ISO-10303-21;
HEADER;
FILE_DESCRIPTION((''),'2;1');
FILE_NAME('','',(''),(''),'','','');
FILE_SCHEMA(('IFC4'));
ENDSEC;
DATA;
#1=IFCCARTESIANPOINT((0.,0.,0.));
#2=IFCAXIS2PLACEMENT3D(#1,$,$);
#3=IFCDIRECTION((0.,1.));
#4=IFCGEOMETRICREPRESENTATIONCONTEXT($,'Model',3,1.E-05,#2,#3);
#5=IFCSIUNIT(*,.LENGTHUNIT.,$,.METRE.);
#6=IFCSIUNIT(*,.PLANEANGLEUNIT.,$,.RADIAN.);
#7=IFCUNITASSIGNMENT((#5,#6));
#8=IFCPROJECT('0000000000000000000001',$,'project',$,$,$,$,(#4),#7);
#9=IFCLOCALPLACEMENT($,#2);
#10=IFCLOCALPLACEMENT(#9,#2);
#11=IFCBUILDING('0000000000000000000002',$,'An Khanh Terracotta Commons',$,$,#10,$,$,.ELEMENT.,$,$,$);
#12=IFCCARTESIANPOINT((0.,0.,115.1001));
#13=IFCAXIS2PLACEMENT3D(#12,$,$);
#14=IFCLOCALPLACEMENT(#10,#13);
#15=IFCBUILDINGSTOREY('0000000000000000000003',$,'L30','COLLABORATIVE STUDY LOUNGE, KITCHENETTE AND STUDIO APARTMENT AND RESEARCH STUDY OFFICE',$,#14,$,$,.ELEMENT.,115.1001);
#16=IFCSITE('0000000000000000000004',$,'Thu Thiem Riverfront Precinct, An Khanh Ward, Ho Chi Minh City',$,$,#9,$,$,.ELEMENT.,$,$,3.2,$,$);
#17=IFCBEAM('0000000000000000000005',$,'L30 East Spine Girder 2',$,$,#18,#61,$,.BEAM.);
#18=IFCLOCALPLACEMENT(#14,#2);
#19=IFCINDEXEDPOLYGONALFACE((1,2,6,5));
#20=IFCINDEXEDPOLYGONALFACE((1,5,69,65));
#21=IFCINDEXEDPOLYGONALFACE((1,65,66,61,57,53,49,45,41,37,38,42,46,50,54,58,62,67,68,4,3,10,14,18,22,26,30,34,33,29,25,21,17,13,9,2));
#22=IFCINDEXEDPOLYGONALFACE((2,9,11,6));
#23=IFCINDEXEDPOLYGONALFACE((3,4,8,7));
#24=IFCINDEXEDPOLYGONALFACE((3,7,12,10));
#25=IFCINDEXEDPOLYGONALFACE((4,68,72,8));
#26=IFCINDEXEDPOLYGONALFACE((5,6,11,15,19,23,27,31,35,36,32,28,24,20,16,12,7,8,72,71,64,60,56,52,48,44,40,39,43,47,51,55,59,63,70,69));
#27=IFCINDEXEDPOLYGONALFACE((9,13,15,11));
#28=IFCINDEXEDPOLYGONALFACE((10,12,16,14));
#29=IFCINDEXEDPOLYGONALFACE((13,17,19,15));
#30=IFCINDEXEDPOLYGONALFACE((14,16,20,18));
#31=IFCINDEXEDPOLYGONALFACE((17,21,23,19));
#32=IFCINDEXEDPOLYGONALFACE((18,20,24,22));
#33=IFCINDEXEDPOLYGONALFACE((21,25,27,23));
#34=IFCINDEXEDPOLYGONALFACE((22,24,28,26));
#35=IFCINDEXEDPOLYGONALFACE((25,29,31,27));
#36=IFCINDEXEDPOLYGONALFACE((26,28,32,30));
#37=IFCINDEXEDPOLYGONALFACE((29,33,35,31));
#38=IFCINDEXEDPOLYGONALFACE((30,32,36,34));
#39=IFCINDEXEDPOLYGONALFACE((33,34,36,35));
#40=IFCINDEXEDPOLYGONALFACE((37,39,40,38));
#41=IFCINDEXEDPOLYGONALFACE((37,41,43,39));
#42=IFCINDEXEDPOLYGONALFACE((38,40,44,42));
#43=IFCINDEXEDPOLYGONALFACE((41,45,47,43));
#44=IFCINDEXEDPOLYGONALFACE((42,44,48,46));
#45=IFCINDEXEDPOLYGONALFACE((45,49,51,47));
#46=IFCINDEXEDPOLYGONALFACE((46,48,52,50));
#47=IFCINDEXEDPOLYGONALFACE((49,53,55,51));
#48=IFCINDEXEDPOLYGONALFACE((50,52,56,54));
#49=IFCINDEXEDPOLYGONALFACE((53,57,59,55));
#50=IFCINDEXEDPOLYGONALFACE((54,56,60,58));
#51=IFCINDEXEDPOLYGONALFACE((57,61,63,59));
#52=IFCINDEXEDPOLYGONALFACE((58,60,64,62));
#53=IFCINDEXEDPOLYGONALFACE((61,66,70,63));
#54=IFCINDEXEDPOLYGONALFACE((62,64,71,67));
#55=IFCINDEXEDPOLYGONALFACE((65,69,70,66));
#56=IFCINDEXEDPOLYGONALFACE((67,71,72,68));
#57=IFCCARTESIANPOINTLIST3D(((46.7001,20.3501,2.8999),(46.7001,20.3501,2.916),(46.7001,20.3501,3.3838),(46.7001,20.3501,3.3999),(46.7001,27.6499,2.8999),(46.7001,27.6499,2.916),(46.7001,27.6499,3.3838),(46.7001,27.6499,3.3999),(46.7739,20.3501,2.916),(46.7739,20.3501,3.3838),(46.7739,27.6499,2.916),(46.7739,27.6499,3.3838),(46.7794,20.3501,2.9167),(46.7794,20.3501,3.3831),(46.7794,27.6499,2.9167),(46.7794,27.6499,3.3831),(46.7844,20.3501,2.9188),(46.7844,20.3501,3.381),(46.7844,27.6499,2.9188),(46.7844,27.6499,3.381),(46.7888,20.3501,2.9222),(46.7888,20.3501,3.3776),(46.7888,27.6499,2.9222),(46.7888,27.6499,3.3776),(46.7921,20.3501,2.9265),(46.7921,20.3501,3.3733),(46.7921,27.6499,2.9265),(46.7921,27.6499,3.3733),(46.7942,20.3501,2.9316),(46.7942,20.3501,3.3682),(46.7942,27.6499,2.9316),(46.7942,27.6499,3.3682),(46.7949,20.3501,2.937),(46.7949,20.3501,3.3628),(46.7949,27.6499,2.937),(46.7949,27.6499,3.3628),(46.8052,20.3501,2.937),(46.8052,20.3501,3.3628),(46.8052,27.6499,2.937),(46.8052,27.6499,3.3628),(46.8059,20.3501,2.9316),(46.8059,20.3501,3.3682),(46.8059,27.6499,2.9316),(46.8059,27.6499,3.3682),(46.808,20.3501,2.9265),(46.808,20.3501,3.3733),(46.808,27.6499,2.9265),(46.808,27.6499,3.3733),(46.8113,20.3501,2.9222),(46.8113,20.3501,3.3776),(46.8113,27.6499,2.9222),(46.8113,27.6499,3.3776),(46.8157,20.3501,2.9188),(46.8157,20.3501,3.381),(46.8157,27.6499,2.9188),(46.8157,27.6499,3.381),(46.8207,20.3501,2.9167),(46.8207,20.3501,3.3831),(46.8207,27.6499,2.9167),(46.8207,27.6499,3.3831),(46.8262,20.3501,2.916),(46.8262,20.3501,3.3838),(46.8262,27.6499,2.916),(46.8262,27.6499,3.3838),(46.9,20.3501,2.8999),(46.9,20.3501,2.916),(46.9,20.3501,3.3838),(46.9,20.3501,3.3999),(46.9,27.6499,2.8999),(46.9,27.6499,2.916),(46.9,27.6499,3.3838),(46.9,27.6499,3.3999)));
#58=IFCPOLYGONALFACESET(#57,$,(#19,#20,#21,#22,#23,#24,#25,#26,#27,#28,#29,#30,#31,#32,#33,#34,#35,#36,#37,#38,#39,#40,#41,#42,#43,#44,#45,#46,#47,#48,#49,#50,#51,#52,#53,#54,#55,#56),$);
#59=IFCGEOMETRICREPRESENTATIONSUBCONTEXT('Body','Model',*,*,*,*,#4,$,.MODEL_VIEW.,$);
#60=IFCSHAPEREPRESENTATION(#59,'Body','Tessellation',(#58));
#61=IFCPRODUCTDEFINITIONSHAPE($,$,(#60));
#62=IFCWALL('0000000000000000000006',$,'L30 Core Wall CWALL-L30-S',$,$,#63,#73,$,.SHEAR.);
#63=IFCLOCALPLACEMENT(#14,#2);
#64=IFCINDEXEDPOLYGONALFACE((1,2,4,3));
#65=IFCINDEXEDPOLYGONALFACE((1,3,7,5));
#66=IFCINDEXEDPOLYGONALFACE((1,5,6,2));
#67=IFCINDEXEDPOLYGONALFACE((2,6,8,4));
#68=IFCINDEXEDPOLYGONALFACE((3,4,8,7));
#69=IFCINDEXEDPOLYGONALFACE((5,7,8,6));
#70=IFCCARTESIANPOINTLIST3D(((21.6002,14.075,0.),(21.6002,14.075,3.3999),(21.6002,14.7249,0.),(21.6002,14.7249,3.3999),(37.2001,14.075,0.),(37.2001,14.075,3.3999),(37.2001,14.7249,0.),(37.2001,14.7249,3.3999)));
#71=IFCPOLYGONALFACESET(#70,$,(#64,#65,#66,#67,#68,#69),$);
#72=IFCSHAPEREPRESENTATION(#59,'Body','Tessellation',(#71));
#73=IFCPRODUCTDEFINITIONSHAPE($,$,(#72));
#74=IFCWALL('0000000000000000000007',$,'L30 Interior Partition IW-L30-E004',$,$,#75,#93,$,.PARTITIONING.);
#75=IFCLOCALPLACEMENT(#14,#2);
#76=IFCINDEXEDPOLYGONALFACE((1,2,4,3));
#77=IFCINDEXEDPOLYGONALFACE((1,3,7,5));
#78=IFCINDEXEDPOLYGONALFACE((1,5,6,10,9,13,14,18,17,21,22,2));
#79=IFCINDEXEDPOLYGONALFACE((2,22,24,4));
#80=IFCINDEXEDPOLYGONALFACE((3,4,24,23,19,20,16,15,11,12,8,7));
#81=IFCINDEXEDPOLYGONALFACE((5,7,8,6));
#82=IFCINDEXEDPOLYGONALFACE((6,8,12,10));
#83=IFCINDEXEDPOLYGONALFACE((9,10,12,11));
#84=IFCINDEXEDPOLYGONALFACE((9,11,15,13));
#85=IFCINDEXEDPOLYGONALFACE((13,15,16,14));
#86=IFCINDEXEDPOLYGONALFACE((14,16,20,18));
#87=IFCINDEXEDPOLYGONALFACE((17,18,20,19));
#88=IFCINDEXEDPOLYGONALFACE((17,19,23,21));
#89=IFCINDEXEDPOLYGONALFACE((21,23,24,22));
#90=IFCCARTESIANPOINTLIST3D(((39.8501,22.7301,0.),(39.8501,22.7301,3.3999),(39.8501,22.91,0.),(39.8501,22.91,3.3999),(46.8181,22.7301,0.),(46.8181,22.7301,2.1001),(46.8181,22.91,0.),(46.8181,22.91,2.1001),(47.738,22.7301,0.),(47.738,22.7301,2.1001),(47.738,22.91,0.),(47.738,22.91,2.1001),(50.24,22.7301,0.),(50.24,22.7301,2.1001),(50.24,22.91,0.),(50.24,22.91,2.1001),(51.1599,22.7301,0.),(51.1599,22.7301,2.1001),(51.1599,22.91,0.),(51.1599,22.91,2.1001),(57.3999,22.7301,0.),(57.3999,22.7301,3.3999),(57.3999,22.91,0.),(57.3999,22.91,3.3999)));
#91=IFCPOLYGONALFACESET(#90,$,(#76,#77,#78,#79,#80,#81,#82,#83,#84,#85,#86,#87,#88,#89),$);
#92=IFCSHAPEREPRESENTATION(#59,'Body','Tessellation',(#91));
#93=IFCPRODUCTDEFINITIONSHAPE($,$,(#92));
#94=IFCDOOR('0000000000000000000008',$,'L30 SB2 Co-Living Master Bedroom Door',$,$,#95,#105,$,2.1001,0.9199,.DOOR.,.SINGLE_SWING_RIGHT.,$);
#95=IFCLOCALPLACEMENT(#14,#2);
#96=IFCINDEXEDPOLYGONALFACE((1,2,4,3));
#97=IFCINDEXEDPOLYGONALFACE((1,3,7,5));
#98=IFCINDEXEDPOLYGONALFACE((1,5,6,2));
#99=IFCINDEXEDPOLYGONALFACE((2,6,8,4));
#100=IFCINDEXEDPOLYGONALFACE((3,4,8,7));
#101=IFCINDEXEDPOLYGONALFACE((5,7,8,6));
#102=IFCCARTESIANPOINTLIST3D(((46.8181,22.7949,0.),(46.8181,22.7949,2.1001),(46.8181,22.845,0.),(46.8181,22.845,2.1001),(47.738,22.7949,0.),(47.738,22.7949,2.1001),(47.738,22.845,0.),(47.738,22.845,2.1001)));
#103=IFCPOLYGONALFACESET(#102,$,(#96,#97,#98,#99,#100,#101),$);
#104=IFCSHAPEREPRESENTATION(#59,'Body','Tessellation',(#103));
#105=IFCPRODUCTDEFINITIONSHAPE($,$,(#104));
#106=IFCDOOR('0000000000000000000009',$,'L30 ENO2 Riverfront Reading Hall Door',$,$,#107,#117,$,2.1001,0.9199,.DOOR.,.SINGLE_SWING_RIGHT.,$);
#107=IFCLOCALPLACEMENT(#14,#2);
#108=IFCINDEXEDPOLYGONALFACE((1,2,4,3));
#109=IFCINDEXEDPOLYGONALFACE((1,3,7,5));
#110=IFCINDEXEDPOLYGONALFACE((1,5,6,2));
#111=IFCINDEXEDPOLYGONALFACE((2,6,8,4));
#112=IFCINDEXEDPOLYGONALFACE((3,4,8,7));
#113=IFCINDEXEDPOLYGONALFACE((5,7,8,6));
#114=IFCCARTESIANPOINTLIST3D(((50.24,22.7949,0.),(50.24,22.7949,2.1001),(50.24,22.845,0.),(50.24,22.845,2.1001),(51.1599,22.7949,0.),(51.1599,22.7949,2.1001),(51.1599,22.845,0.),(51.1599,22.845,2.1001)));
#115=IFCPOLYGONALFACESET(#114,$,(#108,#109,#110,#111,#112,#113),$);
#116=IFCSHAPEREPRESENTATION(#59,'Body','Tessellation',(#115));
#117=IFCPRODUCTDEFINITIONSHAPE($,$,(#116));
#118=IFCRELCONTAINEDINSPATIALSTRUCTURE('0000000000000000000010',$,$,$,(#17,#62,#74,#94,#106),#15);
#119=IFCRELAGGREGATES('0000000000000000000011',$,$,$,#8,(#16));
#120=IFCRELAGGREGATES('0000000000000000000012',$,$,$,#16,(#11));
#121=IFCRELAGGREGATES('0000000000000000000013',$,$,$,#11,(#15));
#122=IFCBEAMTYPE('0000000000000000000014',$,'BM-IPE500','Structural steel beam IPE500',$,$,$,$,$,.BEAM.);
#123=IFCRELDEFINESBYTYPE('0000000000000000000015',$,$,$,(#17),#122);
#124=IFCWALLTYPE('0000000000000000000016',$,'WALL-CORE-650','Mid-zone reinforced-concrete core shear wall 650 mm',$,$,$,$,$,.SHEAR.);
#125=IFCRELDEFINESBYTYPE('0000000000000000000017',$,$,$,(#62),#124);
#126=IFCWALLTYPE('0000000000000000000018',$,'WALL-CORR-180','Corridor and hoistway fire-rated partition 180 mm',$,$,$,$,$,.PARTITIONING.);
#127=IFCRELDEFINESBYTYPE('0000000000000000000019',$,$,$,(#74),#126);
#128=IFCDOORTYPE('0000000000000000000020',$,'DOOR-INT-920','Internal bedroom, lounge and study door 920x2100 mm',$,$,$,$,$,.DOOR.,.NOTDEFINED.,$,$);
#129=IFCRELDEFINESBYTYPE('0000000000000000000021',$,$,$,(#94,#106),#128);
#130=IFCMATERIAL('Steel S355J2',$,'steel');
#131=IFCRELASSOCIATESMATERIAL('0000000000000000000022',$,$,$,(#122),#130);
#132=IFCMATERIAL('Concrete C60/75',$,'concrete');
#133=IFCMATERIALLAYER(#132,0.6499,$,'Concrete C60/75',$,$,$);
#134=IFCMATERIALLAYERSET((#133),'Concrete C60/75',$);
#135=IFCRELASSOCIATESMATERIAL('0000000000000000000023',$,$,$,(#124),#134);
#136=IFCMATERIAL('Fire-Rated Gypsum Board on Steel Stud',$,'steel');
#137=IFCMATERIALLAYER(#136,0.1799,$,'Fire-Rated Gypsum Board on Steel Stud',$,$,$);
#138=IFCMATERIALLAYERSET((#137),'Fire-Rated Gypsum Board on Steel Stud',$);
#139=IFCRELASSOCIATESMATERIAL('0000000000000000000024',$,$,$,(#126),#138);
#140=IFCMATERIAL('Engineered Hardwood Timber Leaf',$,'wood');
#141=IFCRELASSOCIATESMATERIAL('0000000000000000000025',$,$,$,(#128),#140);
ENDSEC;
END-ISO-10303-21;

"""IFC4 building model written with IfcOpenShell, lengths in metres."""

from ifc_helpers import new_model, si_unit, direction, frame, frame_2d, origin, origin_2d, place, context, subcontext, project, spatial, rectangle, i_section, extrude, material, layer, layer_set, material_profile, profile_set, type_object, element, fill, save


model = new_model("IFC4")

# Units and contexts
model_context = context("Model", 3, precision=1e-05, world=origin(), true_north=direction((0.0, 1.0)))
body_context = subcontext(model_context, "Body", "Model", "MODEL_VIEW")
ifc_project = project(units=[si_unit("LENGTHUNIT", "METRE"), si_unit("PLANEANGLEUNIT", "RADIAN")], contexts=[model_context])

# Site, building, storey
site_placement = place(None, origin())
site = spatial("IfcSite", under=ifc_project, at=site_placement, Name="Thu Thiem Riverfront Precinct, An Khanh Ward, Ho Chi Minh City", CompositionType="ELEMENT", RefElevation=3.2)
building_placement = place(site_placement, origin())
building = spatial("IfcBuilding", under=site, at=building_placement, Name="An Khanh Terracotta Commons", CompositionType="ELEMENT")
storey_placement = place(building_placement, frame((0.0, 0.0, 115.1001)))
storey = spatial("IfcBuildingStorey", under=building, at=storey_placement, Name="L30", Description="COLLABORATIVE STUDY LOUNGE, KITCHENETTE AND STUDIO APARTMENT AND RESEARCH STUDY OFFICE", CompositionType="ELEMENT", Elevation=115.1001)

# Beam
ifc_material_1 = material(Name="Steel S355J2", Category="steel")
ifc_material_profile_1 = material_profile(ifc_material_1, i_section(OverallWidth=0.2, OverallDepth=0.5, WebThickness=0.0103, FlangeThickness=0.0161, FilletRadius=0.021, at=origin_2d()), Name="IPE500")
ifc_profile_set_1 = profile_set([ifc_material_profile_1], Name="Steel S355J2")
beam_type_1 = type_object("IfcBeamType", Name="BM-IPE500", Description="Structural steel beam IPE500", PredefinedType="BEAM", material=ifc_profile_set_1)
beam_1_placement = place(storey_placement, frame((46.8, 20.3501, 3.1499), z_axis=(0.0, 1.0, 0.0), x_axis=(-1.0, 0.0, 0.0)))
element("IfcBeam", 1, at=beam_1_placement, inside=storey, type_object=beam_type_1, Name="L30 East Spine Girder 2", PredefinedType="BEAM", context=body_context, shape_type="SweptSolid", body=[
    extrude(i_section(OverallWidth=0.2, OverallDepth=0.5, WebThickness=0.0103, FlangeThickness=0.0161, FilletRadius=0.021, at=origin_2d()), origin(), (0.0, 0.0, 1.0), 7.2998),
])

# Wall
ifc_material_2 = material(Name="Concrete C60/75", Category="concrete")
ifc_layer_1 = layer(ifc_material_2, 0.6499, Name="Concrete C60/75")
ifc_layer_set_1 = layer_set([ifc_layer_1], Name="Concrete C60/75")
wall_type_1 = type_object("IfcWallType", Name="WALL-CORE-650", Description="Mid-zone reinforced-concrete core shear wall 650 mm", PredefinedType="SHEAR", material=ifc_layer_set_1)
wall_1_placement = place(storey_placement, frame((37.2, 14.3999, 0.0), z_axis=(0.0, 0.0, 1.0), x_axis=(-1.0, 0.0, 0.0)))
element("IfcWall", 2, at=wall_1_placement, inside=storey, type_object=wall_type_1, Name="L30 Core Wall CWALL-L30-S", PredefinedType="SHEAR", context=body_context, shape_type="SweptSolid", body=[
    extrude(rectangle(XDim=15.5999, YDim=0.6499, at=frame_2d((7.7998, 0.0))), origin(), (0.0, 0.0, 1.0), 3.3999),
])

# Wall, openings, doors
ifc_material_3 = material(Name="Fire-Rated Gypsum Board on Steel Stud", Category="steel")
ifc_layer_2 = layer(ifc_material_3, 0.1799, Name="Fire-Rated Gypsum Board on Steel Stud")
ifc_layer_set_2 = layer_set([ifc_layer_2], Name="Fire-Rated Gypsum Board on Steel Stud")
wall_type_2 = type_object("IfcWallType", Name="WALL-CORR-180", Description="Corridor and hoistway fire-rated partition 180 mm", PredefinedType="PARTITIONING", material=ifc_layer_set_2)
wall_2_placement = place(storey_placement, frame((39.8501, 22.8201, 0.0), z_axis=(0.0, 0.0, 1.0), x_axis=(1.0, 0.0, 0.0)))
wall_2 = element("IfcWall", 3, at=wall_2_placement, inside=storey, type_object=wall_type_2, Name="L30 Interior Partition IW-L30-E004", PredefinedType="PARTITIONING", context=body_context, shape_type="SweptSolid", body=[
    extrude(rectangle(XDim=17.5498, YDim=0.1799, at=frame_2d((8.7749, 0.0))), origin(), (0.0, 0.0, 1.0), 3.3999),
])
opening_1_placement = place(wall_2_placement, frame((6.968, 0.0, 0.0)))
opening_1 = element("IfcOpeningElement", 4, at=opening_1_placement, cuts=wall_2, PredefinedType="OPENING", context=body_context, shape_type="SweptSolid", body=[
    extrude(rectangle(XDim=0.9199, YDim=2.1001, at=frame_2d((0.46, 1.05))), frame((0.0, 0.0999, 0.0), z_axis=(0.0, -1.0, 0.0), x_axis=(1.0, 0.0, 0.0)), (0.0, 0.0, 1.0), 0.2),
])
opening_2_placement = place(wall_2_placement, frame((10.3899, 0.0, 0.0)))
opening_2 = element("IfcOpeningElement", 5, at=opening_2_placement, cuts=wall_2, PredefinedType="OPENING", context=body_context, shape_type="SweptSolid", body=[
    extrude(rectangle(XDim=0.9199, YDim=2.1001, at=frame_2d((0.46, 1.05))), frame((0.0, 0.0999, 0.0), z_axis=(0.0, -1.0, 0.0), x_axis=(1.0, 0.0, 0.0)), (0.0, 0.0, 1.0), 0.2),
])
ifc_material_4 = material(Name="Engineered Hardwood Timber Leaf", Category="wood")
door_type_1 = type_object("IfcDoorType", Name="DOOR-INT-920", Description="Internal bedroom, lounge and study door 920x2100 mm", OperationType="NOTDEFINED", PredefinedType="DOOR", material=ifc_material_4)
door_1_placement = place(opening_1_placement, origin())
door_1 = element("IfcDoor", 6, at=door_1_placement, inside=storey, type_object=door_type_1, Name="L30 SB2 Co-Living Master Bedroom Door", OperationType="SINGLE_SWING_RIGHT", OverallHeight=2.1001, OverallWidth=0.9199, PredefinedType="DOOR", context=body_context, shape_type="SweptSolid", body=[
    extrude(rectangle(XDim=0.9199, YDim=2.1001, at=frame_2d((0.46, 1.05))), frame((0.0, 0.0249, 0.0), z_axis=(0.0, -1.0, 0.0), x_axis=(1.0, 0.0, 0.0)), (0.0, 0.0, 1.0), 0.05),
])
fill(opening_1, door_1)
door_2_placement = place(opening_2_placement, origin())
door_2 = element("IfcDoor", 7, at=door_2_placement, inside=storey, type_object=door_type_1, Name="L30 ENO2 Riverfront Reading Hall Door", OperationType="SINGLE_SWING_RIGHT", OverallHeight=2.1001, OverallWidth=0.9199, PredefinedType="DOOR", context=body_context, shape_type="SweptSolid", body=[
    extrude(rectangle(XDim=0.9199, YDim=2.1001, at=frame_2d((0.46, 1.05))), frame((0.0, 0.0249, 0.0), z_axis=(0.0, -1.0, 0.0), x_axis=(1.0, 0.0, 0.0)), (0.0, 0.0, 1.0), 0.05),
])
fill(opening_2, door_2)

save(model, "model.ifc")
